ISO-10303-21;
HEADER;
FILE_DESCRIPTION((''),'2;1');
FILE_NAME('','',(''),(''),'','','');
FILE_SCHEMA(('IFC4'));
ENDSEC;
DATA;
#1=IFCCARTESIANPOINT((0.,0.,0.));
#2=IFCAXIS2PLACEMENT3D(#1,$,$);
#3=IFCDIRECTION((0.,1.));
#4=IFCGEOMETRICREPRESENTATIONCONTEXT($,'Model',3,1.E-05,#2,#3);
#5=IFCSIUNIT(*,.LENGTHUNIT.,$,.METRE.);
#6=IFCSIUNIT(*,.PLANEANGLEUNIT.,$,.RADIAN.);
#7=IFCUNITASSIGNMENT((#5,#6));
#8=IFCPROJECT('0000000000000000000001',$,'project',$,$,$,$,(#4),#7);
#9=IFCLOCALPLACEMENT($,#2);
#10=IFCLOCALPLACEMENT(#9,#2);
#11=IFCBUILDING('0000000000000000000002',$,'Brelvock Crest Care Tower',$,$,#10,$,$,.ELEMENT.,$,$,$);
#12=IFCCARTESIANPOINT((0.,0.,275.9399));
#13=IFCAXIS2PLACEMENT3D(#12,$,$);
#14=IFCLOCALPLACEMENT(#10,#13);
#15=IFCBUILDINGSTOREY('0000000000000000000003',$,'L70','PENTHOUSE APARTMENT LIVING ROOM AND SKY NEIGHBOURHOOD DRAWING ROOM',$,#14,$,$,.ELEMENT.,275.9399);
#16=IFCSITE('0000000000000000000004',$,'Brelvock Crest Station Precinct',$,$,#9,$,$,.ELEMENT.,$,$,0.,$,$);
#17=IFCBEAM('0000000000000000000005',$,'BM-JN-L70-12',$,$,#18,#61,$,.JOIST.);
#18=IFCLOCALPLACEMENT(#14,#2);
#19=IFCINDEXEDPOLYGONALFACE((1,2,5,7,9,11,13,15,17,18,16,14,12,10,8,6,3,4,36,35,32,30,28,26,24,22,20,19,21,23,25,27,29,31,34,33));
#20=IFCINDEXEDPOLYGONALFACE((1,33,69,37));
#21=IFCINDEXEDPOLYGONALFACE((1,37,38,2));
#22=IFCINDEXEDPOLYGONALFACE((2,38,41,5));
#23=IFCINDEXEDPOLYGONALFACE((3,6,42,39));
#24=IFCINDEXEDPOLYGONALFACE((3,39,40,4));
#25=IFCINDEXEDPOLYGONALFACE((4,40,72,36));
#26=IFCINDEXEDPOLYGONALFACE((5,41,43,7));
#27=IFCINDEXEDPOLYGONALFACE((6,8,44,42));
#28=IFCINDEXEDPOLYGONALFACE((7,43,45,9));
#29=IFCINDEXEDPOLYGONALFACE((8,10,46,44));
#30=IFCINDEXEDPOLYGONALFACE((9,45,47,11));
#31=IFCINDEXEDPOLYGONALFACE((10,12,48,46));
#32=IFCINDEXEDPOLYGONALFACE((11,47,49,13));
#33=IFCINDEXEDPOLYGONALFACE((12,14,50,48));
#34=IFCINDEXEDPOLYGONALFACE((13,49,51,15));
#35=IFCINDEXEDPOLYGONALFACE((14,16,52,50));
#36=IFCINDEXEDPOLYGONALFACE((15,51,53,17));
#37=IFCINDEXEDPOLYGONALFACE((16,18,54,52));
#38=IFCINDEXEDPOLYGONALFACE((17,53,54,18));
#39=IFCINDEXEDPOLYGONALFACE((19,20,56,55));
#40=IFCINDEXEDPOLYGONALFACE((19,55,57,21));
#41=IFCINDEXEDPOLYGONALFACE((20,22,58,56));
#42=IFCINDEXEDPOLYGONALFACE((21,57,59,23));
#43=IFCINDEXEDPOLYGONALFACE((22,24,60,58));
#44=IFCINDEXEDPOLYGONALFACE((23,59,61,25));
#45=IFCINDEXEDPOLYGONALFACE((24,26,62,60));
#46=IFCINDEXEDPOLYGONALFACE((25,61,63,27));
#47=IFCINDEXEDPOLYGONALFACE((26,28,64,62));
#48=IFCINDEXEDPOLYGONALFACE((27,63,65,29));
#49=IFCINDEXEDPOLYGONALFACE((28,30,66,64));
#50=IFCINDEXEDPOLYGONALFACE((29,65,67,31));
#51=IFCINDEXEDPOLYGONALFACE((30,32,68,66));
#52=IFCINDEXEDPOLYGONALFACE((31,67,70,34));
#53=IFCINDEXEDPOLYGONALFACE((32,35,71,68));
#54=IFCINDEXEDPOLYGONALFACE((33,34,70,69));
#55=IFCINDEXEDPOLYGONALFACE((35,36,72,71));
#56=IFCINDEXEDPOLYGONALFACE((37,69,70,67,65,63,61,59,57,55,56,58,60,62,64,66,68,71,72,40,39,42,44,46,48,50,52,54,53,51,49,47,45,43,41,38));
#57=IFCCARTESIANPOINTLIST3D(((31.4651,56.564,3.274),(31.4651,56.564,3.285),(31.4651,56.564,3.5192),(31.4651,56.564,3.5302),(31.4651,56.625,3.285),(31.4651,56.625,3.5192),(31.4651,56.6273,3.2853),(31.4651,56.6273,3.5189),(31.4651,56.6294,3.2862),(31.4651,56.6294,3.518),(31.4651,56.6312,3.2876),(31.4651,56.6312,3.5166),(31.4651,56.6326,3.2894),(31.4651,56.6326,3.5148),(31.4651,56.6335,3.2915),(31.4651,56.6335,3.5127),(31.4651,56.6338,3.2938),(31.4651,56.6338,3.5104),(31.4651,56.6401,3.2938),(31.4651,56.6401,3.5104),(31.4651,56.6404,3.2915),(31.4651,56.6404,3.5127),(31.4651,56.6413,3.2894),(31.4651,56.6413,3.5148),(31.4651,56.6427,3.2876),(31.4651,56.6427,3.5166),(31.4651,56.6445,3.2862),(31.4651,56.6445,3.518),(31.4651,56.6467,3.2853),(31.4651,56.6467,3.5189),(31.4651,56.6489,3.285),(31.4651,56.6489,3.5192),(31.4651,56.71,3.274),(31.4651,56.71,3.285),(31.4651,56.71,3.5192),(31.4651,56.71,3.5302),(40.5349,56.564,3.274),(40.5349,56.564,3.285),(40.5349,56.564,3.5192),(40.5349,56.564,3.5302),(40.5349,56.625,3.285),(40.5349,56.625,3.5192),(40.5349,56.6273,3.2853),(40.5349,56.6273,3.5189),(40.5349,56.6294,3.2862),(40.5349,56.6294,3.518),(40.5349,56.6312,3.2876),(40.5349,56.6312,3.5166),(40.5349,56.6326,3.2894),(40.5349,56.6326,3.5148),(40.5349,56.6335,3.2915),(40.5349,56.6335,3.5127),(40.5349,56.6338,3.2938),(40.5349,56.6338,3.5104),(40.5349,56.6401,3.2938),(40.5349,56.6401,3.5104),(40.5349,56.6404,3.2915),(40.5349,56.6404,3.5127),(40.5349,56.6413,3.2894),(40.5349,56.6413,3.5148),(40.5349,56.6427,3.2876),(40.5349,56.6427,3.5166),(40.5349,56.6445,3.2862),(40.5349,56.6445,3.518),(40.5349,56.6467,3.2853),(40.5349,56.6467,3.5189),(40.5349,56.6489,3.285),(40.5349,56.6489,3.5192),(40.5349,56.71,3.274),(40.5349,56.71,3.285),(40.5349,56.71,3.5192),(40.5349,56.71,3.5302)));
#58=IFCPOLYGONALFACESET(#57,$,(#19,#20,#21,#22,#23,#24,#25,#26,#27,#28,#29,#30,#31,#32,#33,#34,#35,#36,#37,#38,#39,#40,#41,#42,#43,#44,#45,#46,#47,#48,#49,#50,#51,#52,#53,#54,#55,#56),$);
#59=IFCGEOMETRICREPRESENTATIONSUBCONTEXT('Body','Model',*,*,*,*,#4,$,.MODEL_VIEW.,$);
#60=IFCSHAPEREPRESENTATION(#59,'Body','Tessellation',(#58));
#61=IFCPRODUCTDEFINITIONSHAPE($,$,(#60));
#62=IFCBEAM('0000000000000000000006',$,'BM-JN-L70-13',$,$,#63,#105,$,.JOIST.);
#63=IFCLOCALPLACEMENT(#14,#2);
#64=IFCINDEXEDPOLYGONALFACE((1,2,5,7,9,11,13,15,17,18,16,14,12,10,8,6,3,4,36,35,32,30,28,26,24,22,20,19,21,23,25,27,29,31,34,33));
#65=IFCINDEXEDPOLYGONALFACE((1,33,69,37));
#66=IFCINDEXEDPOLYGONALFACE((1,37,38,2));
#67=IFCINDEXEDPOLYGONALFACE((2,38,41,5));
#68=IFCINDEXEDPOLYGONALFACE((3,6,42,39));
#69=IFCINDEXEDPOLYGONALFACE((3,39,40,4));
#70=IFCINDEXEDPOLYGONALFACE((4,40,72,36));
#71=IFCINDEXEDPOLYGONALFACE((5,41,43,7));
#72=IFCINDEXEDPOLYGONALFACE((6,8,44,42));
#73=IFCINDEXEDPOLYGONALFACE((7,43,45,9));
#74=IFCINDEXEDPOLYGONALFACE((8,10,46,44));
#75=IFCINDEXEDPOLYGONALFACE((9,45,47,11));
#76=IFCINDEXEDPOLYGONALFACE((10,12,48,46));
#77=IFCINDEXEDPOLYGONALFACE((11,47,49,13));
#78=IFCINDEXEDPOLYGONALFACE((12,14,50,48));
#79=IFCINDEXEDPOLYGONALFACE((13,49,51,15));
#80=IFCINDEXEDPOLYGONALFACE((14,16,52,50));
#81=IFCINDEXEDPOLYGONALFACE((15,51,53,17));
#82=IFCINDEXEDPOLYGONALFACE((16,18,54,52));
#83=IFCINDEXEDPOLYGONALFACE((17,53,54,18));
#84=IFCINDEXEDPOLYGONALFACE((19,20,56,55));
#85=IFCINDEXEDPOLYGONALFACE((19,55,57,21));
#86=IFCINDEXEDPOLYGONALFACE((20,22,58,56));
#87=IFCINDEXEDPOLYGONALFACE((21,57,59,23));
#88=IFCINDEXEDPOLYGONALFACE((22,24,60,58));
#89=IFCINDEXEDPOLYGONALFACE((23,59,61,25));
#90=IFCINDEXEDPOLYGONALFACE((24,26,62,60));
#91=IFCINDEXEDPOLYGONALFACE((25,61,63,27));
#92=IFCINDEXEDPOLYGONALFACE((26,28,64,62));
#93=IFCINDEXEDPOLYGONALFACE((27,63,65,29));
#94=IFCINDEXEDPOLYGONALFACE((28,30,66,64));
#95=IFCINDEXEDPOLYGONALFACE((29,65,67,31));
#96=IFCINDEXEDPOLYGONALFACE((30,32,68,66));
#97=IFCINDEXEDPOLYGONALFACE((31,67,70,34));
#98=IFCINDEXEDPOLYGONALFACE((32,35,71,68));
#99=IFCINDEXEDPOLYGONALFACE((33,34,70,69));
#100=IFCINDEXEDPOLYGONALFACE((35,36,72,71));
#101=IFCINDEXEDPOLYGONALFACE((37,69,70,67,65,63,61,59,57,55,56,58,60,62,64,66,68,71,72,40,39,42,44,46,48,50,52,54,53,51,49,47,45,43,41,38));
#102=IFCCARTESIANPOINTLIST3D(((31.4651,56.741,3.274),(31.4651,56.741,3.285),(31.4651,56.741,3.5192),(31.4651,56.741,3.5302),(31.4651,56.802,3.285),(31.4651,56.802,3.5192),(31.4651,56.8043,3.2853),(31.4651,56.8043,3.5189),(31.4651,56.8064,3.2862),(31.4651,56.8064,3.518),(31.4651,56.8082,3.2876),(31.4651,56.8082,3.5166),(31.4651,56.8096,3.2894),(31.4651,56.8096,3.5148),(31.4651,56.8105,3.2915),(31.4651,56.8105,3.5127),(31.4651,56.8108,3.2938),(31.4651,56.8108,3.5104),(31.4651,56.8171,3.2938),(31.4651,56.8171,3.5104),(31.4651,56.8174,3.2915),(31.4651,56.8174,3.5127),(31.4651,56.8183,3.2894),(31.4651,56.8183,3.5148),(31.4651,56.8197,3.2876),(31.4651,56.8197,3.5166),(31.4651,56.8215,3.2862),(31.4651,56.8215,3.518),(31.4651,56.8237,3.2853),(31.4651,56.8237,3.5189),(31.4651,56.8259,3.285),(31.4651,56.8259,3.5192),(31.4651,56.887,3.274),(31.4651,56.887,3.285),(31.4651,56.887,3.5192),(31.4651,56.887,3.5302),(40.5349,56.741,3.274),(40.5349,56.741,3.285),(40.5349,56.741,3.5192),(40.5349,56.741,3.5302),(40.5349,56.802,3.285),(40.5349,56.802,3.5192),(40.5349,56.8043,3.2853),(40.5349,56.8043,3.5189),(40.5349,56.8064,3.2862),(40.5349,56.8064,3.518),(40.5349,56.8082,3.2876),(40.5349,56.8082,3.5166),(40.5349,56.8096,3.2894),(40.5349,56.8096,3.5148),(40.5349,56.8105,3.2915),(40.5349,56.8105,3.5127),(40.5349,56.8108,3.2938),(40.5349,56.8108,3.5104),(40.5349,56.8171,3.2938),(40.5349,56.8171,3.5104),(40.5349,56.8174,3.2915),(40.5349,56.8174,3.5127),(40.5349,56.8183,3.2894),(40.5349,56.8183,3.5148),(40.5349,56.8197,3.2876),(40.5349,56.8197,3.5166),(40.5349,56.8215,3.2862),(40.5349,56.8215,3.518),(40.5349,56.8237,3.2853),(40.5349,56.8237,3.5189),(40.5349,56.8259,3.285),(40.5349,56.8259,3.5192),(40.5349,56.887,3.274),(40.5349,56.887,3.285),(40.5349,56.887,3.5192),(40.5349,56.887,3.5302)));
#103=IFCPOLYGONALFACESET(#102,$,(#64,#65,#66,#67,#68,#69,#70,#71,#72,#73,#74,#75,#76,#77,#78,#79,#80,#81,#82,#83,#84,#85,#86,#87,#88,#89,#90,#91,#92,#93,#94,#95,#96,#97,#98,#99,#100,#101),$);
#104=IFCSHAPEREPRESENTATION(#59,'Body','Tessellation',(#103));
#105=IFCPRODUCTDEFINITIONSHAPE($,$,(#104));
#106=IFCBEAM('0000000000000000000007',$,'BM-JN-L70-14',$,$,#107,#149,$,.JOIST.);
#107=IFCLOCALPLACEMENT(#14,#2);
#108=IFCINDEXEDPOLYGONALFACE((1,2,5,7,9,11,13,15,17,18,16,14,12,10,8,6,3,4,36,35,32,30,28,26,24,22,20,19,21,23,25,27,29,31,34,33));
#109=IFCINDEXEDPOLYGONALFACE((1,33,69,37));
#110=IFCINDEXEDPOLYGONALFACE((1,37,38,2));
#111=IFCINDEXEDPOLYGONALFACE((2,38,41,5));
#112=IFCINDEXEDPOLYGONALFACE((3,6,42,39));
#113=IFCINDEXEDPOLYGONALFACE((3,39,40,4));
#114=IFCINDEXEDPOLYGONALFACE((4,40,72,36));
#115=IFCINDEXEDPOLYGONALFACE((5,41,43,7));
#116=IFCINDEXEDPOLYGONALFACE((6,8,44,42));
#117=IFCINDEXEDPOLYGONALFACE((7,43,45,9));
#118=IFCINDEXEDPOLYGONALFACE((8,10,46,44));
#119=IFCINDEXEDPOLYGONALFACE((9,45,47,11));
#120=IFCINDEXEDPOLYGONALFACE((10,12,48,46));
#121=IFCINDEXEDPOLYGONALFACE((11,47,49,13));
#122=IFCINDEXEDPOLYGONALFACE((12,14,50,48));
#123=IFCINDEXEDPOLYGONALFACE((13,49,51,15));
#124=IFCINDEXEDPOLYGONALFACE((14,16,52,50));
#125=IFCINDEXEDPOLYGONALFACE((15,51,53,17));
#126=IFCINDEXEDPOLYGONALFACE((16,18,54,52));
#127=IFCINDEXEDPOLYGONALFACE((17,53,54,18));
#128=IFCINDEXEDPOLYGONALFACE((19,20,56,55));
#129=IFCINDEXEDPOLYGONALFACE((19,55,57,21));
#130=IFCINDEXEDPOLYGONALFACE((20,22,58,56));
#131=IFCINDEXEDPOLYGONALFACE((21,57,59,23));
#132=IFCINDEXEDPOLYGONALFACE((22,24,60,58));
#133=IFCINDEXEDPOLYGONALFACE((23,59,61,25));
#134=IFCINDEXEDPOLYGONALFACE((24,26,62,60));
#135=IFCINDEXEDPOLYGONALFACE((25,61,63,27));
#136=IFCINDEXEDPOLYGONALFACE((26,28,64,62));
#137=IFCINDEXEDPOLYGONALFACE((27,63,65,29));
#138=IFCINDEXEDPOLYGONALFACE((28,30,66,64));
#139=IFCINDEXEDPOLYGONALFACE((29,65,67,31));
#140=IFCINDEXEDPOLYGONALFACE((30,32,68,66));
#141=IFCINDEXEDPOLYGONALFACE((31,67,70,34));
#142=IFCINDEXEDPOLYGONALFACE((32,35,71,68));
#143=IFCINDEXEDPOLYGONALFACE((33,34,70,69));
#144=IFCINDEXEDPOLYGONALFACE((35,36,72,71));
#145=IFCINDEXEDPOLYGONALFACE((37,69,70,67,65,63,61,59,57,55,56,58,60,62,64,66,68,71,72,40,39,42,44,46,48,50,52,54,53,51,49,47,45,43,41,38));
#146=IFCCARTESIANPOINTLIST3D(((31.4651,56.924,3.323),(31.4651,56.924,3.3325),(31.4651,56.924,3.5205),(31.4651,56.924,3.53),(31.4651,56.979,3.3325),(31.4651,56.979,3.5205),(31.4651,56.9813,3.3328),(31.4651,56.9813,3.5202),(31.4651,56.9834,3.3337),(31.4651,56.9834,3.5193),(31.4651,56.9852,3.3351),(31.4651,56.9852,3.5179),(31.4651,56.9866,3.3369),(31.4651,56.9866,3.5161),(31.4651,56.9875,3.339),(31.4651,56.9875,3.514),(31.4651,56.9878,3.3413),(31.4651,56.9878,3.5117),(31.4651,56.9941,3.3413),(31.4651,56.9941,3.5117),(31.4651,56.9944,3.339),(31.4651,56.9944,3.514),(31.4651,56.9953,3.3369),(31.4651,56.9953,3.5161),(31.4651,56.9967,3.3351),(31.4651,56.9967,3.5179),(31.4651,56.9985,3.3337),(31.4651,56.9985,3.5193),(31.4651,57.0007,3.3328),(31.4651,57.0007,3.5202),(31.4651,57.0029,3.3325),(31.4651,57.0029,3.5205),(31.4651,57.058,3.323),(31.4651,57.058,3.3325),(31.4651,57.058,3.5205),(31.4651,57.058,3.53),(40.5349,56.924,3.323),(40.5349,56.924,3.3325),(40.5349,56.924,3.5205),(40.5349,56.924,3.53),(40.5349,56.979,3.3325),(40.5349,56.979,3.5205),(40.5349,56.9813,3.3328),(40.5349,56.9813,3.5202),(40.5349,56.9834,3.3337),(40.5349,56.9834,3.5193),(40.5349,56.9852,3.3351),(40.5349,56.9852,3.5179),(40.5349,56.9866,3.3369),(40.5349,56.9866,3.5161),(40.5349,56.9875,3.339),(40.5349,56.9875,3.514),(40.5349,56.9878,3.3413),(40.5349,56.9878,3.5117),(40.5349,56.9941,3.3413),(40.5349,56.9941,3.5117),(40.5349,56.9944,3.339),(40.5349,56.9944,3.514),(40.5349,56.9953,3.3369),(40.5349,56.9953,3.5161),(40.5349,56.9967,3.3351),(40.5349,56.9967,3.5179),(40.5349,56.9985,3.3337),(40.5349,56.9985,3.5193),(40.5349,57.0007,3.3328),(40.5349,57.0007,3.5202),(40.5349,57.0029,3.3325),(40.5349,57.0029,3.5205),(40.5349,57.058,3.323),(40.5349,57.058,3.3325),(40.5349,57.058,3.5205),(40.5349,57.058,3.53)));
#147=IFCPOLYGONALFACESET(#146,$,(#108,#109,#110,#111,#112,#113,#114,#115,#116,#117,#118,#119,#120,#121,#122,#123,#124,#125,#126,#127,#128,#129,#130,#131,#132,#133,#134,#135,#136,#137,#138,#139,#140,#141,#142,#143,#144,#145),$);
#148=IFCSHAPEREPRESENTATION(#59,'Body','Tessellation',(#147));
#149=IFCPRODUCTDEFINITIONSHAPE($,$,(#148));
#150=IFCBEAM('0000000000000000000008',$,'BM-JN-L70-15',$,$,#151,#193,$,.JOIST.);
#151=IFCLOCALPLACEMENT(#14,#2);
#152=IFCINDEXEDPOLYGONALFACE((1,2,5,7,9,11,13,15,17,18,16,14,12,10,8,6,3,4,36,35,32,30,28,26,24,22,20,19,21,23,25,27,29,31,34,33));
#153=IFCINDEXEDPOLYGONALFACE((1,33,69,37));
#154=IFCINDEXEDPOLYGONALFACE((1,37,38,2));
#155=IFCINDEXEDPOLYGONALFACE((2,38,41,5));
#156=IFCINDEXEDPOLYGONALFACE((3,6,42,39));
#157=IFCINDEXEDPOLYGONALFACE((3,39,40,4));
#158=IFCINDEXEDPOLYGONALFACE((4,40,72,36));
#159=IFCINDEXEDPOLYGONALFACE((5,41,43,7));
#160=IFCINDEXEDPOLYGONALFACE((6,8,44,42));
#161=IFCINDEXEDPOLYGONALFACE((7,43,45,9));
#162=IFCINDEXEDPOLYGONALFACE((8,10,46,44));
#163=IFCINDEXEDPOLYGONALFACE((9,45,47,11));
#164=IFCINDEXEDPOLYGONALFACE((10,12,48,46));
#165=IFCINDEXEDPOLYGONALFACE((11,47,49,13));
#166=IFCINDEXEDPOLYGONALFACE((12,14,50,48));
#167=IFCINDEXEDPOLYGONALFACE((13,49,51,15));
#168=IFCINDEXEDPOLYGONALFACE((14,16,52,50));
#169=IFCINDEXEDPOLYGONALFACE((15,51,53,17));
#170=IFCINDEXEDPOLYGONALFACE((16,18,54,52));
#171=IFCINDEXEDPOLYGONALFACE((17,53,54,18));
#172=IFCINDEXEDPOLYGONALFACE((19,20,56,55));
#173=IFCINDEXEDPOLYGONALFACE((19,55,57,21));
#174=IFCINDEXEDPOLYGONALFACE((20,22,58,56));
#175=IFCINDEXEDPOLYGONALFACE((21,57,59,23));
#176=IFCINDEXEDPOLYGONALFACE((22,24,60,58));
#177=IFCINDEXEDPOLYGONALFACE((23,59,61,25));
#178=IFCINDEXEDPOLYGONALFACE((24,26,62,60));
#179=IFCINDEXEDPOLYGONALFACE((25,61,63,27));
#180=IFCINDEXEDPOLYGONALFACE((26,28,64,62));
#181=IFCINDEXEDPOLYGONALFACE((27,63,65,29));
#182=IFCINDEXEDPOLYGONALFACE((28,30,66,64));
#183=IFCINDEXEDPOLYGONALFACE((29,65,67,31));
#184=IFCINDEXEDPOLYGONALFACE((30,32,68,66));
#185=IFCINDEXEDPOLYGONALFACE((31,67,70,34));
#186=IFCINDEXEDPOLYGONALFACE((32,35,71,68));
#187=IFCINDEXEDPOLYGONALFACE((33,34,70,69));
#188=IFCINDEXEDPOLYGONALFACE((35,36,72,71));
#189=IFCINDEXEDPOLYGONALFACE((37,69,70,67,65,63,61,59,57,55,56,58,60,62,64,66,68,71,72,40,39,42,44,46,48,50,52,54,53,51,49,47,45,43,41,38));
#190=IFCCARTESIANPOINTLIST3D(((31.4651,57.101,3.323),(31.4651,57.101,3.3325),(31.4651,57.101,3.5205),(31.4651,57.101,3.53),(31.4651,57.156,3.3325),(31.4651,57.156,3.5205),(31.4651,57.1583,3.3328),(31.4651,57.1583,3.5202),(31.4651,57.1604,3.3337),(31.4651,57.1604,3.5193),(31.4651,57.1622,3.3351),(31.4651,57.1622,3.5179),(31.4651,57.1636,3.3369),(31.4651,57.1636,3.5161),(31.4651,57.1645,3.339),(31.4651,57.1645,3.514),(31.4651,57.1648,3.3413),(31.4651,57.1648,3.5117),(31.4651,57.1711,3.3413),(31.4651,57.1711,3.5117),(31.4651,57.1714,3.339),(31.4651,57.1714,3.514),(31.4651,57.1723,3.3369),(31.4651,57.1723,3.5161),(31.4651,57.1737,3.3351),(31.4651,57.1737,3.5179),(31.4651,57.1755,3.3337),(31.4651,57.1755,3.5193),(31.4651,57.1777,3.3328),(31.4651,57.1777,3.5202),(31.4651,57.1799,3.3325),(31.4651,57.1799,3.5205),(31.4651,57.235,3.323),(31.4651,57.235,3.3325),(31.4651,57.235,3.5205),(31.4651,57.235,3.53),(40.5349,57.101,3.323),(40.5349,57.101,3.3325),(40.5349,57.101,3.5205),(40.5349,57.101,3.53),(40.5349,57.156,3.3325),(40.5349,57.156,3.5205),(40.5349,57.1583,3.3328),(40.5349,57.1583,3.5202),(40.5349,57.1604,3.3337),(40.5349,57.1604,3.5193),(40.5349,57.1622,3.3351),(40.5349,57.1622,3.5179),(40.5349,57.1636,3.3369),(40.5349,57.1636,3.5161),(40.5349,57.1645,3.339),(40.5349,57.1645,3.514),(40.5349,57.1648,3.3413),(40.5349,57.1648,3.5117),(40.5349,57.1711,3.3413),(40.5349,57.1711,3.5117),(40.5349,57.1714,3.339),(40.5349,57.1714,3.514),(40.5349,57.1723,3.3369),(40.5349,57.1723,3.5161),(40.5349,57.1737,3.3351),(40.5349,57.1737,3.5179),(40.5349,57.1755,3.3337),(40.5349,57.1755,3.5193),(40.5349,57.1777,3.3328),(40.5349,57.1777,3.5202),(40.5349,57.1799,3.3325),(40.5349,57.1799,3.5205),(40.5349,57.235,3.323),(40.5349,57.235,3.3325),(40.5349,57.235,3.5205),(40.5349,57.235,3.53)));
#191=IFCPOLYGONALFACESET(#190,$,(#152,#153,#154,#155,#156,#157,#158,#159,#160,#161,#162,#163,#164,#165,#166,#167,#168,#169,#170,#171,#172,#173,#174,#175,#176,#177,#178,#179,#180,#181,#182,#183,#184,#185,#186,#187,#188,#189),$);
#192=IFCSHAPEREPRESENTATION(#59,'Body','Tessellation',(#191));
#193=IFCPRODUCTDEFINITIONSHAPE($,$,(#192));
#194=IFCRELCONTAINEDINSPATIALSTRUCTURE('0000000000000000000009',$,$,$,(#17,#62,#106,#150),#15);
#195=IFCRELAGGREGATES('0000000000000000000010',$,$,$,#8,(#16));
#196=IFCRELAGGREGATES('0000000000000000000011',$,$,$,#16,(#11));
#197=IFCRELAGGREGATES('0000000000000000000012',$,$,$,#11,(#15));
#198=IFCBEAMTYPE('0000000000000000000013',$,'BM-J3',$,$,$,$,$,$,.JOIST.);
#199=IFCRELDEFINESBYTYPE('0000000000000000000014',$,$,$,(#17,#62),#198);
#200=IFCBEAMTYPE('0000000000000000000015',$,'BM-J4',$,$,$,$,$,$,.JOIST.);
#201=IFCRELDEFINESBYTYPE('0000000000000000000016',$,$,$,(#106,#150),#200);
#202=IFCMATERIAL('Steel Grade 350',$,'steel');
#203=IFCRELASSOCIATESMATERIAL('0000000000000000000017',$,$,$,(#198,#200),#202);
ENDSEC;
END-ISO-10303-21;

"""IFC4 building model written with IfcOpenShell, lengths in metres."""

from ifc_helpers import new_model, si_unit, direction, frame, origin, origin_2d, place, context, subcontext, project, spatial, i_section, extrude, source, transform, mapped, material, material_profile, profile_set, type_object, element, save


model = new_model("IFC4")

# Units and contexts
model_context = context("Model", 3, precision=1e-05, world=origin(), true_north=direction((0.0, 1.0)))
body_context = subcontext(model_context, "Body", "Model", "MODEL_VIEW")
ifc_project = project(units=[si_unit("LENGTHUNIT", "METRE"), si_unit("PLANEANGLEUNIT", "RADIAN")], contexts=[model_context])

# Site, building, storey
site_placement = place(None, origin())
site = spatial("IfcSite", under=ifc_project, at=site_placement, Name="Brelvock Crest Station Precinct", CompositionType="ELEMENT", RefElevation=0.0)
building_placement = place(site_placement, origin())
building = spatial("IfcBuilding", under=site, at=building_placement, Name="Brelvock Crest Care Tower", CompositionType="ELEMENT")
storey_placement = place(building_placement, frame((0.0, 0.0, 275.9399)))
storey = spatial("IfcBuildingStorey", under=building, at=storey_placement, Name="L70", Description="PENTHOUSE APARTMENT LIVING ROOM AND SKY NEIGHBOURHOOD DRAWING ROOM", CompositionType="ELEMENT", Elevation=275.9399)

# Shared definitions
ifc_material_1 = material(Name="Steel Grade 350", Category="steel")

# Beams
ifc_material_profile_1 = material_profile(ifc_material_1, i_section(OverallWidth=0.146, OverallDepth=0.2561, WebThickness=0.0063, FlangeThickness=0.011, FilletRadius=0.0088, at=origin_2d()), Name="250UB37.3")
ifc_profile_set_1 = profile_set([ifc_material_profile_1], Name="Steel Grade 350")
beam_type_1 = type_object("IfcBeamType", Name="BM-J3", PredefinedType="JOIST", material=ifc_profile_set_1)
shared_shape_1 = source(origin(), body_context, "Body", "SweptSolid", [
    extrude(i_section(OverallWidth=0.146, OverallDepth=0.2561, WebThickness=0.0063, FlangeThickness=0.011, FilletRadius=0.0088, at=origin_2d()), origin(), (0.0, 0.0, 1.0), 9.0698),
])
for number, where, z_axis, x_axis, name in (
    (1, (31.4651, 56.637, 3.4021), (1.0, 0.0, 0.0), (0.0, 1.0, 0.0), "BM-JN-L70-12"),
    (2, (31.4651, 56.814, 3.4021), (1.0, 0.0, 0.0), (0.0, 1.0, 0.0), "BM-JN-L70-13"),
):
    element("IfcBeam", number, at=place(storey_placement, frame(where, z_axis=z_axis, x_axis=x_axis)), inside=storey, type_object=beam_type_1, Name=name, PredefinedType="JOIST", context=body_context, shape_type="MappedRepresentation", body=[
        mapped(shared_shape_1, transform((0.0, 0.0, 0.0), x_axis=(1.0, 0.0, 0.0), y_axis=(0.0, 1.0, 0.0), z_axis=(0.0, 0.0, 1.0), scale=1.0)),
    ])
ifc_material_profile_2 = material_profile(ifc_material_1, i_section(OverallWidth=0.134, OverallDepth=0.207, WebThickness=0.0063, FlangeThickness=0.0095, FilletRadius=0.0088, at=origin_2d()), Name="200UB29.8")
ifc_profile_set_2 = profile_set([ifc_material_profile_2], Name="Steel Grade 350")
beam_type_2 = type_object("IfcBeamType", Name="BM-J4", PredefinedType="JOIST", material=ifc_profile_set_2)
shared_shape_2 = source(origin(), body_context, "Body", "SweptSolid", [
    extrude(i_section(OverallWidth=0.134, OverallDepth=0.207, WebThickness=0.0063, FlangeThickness=0.0095, FilletRadius=0.0088, at=origin_2d()), origin(), (0.0, 0.0, 1.0), 9.0698),
])
for number, where, z_axis, x_axis, name in (
    (3, (31.4651, 56.991, 3.4265), (1.0, 0.0, 0.0), (0.0, 1.0, 0.0), "BM-JN-L70-14"),
    (4, (31.4651, 57.168, 3.4265), (1.0, 0.0, 0.0), (0.0, 1.0, 0.0), "BM-JN-L70-15"),
):
    element("IfcBeam", number, at=place(storey_placement, frame(where, z_axis=z_axis, x_axis=x_axis)), inside=storey, type_object=beam_type_2, Name=name, PredefinedType="JOIST", context=body_context, shape_type="MappedRepresentation", body=[
        mapped(shared_shape_2, transform((0.0, 0.0, 0.0), x_axis=(1.0, 0.0, 0.0), y_axis=(0.0, 1.0, 0.0), z_axis=(0.0, 0.0, 1.0), scale=1.0)),
    ])

save(model, "model.ifc")
